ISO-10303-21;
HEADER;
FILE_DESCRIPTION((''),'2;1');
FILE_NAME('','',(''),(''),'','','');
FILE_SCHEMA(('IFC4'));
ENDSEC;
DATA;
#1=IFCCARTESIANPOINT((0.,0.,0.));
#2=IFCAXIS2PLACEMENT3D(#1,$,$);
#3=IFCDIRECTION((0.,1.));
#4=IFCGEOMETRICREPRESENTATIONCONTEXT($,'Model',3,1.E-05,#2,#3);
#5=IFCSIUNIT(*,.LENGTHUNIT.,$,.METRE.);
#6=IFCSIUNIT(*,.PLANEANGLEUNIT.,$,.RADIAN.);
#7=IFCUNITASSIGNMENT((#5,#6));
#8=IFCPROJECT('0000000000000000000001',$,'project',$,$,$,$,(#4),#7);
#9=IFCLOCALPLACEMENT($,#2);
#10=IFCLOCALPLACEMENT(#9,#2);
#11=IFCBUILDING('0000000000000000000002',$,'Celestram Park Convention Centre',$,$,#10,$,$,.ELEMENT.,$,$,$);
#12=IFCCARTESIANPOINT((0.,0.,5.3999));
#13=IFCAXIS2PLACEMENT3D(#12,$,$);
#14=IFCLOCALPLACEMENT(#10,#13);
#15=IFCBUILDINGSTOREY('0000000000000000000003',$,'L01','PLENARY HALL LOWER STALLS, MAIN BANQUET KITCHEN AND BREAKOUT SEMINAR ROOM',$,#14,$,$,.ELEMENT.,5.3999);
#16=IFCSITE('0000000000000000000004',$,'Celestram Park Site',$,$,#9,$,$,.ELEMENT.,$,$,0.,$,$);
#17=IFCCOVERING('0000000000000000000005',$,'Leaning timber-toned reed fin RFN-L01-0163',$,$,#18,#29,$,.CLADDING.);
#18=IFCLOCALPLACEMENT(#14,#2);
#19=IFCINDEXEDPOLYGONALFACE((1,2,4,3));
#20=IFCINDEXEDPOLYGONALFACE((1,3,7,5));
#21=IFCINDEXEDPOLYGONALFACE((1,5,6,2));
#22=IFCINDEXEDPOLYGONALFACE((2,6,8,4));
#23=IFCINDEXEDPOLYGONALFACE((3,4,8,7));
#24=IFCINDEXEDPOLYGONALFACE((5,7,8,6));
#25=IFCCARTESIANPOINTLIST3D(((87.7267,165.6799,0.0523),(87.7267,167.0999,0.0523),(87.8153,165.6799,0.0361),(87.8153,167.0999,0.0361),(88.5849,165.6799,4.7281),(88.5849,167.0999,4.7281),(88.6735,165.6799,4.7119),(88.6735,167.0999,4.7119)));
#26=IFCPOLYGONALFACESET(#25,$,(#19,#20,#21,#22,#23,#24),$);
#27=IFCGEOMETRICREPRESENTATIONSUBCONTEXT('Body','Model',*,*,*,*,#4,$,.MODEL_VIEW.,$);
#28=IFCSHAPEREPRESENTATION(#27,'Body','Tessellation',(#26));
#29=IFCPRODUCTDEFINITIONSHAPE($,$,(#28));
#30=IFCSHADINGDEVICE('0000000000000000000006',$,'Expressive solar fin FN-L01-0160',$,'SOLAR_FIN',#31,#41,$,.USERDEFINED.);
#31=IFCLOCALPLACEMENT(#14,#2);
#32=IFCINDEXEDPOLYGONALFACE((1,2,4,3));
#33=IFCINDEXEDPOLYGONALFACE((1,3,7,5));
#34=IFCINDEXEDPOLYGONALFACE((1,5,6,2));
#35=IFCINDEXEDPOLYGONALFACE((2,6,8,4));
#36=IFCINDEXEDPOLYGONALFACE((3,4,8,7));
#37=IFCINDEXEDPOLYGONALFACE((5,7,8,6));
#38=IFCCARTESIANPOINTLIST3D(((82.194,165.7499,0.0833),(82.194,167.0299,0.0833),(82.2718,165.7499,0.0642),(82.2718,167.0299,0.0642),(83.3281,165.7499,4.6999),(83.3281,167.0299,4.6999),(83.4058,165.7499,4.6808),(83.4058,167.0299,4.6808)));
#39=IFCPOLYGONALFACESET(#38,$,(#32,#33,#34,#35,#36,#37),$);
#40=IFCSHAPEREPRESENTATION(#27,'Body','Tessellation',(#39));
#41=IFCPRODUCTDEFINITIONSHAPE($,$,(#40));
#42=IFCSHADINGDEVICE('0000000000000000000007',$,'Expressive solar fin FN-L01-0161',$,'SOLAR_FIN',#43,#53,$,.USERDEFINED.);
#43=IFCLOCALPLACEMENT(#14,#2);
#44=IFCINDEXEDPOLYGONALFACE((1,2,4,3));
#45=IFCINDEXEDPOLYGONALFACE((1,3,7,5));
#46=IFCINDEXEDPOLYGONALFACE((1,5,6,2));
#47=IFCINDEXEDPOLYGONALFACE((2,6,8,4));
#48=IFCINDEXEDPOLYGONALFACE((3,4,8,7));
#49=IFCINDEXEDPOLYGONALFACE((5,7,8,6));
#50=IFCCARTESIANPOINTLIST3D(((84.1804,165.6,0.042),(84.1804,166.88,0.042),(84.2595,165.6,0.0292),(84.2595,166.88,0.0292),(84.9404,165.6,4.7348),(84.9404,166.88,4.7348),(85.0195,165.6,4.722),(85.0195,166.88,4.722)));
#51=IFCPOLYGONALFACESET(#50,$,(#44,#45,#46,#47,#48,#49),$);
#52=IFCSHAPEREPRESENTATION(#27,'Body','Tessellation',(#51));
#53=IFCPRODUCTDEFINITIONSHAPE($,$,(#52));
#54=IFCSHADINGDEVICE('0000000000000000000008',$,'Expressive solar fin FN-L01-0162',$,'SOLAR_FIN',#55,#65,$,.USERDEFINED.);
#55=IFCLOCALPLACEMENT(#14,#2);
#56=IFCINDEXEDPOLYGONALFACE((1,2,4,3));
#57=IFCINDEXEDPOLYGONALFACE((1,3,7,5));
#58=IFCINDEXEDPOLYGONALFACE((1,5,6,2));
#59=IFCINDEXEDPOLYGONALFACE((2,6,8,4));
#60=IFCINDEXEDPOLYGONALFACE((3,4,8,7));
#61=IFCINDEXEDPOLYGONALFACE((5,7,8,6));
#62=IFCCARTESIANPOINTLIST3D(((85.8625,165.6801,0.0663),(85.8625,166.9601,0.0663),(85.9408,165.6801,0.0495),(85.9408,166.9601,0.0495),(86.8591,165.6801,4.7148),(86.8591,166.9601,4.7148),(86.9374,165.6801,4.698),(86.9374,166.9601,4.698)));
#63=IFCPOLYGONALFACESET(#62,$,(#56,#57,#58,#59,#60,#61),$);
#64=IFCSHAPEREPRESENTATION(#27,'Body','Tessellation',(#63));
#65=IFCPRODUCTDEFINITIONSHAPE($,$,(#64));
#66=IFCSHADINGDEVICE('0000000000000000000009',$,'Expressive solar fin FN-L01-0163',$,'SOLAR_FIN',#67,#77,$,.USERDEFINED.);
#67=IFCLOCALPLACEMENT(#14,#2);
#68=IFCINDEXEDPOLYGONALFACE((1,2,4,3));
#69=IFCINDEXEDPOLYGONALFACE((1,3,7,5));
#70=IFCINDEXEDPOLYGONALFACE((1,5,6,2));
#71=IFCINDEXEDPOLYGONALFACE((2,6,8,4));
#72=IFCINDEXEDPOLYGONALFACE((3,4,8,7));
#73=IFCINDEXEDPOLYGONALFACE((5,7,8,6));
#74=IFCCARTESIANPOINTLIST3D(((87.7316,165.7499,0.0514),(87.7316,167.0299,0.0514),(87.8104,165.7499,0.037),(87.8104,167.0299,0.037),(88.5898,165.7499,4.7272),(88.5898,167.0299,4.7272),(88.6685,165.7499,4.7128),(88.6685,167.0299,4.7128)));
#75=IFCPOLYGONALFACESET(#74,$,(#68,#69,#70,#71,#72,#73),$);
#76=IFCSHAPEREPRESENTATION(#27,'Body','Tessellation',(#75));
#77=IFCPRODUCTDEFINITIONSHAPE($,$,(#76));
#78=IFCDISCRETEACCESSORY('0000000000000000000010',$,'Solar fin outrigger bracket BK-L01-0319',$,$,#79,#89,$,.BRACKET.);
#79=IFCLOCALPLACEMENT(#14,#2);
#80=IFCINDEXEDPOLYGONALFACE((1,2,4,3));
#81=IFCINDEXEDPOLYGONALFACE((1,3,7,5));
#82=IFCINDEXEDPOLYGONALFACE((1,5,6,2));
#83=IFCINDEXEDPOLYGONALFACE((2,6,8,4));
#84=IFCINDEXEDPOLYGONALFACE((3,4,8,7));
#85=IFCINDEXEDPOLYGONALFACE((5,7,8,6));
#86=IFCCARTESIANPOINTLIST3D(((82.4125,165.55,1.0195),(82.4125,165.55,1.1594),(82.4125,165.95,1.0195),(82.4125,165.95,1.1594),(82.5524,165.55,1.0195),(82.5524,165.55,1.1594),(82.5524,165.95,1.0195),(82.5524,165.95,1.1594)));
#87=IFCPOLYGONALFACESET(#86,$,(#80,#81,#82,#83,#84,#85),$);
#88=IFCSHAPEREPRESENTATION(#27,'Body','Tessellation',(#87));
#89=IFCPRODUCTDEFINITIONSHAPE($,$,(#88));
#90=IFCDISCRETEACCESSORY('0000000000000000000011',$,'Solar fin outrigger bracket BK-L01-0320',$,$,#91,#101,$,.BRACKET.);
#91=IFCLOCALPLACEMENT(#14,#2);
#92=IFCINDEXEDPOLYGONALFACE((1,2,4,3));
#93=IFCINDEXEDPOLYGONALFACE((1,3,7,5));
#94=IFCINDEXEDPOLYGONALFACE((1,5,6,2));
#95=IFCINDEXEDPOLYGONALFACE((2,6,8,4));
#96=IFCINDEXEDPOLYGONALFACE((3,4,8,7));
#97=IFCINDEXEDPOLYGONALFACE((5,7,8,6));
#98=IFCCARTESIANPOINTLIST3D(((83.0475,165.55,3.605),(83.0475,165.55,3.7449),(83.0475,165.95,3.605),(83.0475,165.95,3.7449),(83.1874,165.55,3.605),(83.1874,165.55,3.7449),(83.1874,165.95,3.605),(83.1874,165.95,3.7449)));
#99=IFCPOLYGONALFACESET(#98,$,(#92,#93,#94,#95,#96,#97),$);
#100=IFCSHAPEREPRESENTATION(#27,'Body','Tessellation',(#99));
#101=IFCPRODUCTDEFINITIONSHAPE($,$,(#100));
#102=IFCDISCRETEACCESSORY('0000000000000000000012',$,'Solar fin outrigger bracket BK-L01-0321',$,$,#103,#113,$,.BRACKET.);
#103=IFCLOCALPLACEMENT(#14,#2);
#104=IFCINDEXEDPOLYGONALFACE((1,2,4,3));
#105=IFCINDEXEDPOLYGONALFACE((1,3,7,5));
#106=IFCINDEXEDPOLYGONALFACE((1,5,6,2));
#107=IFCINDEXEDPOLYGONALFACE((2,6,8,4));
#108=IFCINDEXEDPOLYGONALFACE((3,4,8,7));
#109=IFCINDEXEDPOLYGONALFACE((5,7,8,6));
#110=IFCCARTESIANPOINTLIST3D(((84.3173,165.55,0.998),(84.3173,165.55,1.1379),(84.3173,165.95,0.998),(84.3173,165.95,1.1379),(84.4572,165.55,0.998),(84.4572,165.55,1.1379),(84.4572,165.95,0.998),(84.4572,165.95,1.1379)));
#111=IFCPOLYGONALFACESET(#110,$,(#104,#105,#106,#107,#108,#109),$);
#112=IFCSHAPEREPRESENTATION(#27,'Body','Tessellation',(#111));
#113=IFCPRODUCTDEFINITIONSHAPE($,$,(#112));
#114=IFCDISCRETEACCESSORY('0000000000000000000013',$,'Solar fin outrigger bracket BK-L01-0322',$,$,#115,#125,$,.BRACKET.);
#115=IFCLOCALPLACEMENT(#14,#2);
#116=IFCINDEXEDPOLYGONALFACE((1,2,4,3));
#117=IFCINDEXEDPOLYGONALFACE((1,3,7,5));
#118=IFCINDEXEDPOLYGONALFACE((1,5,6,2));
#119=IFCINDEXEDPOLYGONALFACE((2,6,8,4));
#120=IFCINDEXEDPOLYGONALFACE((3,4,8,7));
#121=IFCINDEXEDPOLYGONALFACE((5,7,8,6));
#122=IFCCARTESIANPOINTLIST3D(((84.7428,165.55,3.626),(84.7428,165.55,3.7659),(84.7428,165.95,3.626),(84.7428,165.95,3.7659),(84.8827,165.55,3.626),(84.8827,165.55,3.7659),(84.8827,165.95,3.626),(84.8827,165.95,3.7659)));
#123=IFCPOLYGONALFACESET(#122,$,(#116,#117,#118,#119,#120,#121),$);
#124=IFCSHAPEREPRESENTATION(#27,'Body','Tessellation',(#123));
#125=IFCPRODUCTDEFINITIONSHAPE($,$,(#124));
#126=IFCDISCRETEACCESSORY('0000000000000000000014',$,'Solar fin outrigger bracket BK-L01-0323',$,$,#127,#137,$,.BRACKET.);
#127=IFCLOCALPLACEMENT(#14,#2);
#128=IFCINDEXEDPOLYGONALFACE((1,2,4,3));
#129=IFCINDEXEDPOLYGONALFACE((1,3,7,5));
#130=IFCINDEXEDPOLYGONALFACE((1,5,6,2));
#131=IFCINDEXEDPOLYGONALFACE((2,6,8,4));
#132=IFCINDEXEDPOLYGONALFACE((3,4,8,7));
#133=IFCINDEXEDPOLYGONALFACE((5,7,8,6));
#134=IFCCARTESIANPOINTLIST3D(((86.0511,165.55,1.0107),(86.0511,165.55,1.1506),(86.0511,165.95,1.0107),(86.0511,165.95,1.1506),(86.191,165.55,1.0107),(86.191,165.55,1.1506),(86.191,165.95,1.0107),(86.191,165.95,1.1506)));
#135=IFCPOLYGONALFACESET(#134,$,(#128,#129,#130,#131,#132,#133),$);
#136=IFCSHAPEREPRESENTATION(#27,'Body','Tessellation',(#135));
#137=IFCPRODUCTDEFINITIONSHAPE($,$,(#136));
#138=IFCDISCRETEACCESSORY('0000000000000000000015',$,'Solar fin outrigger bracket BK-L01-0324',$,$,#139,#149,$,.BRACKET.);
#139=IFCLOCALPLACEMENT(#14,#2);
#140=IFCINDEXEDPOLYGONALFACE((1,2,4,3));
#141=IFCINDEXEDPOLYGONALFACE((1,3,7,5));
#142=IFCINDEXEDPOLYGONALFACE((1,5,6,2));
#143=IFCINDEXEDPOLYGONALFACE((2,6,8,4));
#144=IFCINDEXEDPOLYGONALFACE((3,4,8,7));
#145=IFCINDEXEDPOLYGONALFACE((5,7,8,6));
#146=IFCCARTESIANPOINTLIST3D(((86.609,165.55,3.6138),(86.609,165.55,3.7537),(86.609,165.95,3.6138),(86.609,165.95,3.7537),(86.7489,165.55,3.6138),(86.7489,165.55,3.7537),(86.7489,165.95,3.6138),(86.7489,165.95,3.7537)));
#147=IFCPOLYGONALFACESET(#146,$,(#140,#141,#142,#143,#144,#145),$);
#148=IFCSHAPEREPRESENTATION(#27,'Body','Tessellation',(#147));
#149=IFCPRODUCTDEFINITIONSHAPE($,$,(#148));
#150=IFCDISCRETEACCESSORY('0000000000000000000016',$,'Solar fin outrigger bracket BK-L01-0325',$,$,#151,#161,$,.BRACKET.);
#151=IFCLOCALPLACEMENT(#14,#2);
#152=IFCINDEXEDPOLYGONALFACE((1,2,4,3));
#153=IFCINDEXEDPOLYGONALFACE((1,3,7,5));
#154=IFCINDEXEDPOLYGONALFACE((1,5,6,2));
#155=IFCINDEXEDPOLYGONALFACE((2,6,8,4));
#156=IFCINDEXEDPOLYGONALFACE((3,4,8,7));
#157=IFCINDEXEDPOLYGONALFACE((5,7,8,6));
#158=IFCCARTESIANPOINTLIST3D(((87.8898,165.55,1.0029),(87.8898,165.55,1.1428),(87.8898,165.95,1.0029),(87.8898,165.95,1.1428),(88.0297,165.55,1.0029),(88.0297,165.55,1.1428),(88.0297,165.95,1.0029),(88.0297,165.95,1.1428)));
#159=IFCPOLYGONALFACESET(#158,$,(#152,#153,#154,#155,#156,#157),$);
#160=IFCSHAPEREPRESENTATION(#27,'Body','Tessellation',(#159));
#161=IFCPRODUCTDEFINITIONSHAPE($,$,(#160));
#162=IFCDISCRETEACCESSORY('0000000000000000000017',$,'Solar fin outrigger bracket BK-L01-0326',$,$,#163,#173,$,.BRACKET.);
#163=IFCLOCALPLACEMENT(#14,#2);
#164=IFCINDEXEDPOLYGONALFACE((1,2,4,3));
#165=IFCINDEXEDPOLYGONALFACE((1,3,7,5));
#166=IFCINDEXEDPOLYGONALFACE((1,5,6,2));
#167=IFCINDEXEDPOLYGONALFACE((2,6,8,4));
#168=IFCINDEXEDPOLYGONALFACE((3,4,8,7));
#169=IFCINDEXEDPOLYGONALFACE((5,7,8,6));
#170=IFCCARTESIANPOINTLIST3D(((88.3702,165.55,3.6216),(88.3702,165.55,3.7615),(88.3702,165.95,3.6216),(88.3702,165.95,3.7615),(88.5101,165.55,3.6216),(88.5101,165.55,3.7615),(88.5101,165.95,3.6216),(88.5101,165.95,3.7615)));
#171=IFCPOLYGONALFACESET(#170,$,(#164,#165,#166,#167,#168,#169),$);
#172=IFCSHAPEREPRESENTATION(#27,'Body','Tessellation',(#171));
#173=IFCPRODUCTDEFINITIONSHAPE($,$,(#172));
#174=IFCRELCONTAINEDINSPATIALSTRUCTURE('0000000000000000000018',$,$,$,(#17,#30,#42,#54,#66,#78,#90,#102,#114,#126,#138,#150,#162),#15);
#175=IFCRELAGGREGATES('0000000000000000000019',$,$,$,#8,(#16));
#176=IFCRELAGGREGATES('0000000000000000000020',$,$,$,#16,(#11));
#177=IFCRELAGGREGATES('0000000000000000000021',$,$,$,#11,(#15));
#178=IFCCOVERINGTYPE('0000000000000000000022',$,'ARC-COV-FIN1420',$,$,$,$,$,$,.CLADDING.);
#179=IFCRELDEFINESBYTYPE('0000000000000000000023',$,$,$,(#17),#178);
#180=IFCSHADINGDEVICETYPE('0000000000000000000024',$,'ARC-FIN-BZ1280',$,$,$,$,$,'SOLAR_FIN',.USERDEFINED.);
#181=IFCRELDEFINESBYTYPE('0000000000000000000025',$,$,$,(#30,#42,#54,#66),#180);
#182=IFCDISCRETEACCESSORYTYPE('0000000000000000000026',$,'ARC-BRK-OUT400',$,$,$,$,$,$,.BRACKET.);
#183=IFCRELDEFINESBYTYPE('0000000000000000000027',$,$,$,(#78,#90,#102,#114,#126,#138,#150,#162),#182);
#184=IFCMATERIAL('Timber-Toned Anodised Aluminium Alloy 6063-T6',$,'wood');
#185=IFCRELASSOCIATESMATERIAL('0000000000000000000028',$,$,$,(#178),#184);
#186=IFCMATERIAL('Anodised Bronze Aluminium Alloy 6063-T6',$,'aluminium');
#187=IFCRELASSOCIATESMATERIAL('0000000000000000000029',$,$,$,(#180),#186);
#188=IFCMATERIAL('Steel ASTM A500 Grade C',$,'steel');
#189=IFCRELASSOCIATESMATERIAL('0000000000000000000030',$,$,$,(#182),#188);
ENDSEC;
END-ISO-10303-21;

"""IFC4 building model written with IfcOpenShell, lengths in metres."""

from ifc_helpers import new_model, si_unit, direction, frame, origin, origin_2d, place, context, subcontext, project, spatial, rectangle, extrude, material, material_profile, profile_set, type_object, element, save


model = new_model("IFC4")

# Units and contexts
model_context = context("Model", 3, precision=1e-05, world=origin(), true_north=direction((0.0, 1.0)))
body_context = subcontext(model_context, "Body", "Model", "MODEL_VIEW")
ifc_project = project(units=[si_unit("LENGTHUNIT", "METRE"), si_unit("PLANEANGLEUNIT", "RADIAN")], contexts=[model_context])

# Site, building, storey
site_placement = place(None, origin())
site = spatial("IfcSite", under=ifc_project, at=site_placement, Name="Celestram Park Site", CompositionType="ELEMENT", RefElevation=0.0)
building_placement = place(site_placement, origin())
building = spatial("IfcBuilding", under=site, at=building_placement, Name="Celestram Park Convention Centre", CompositionType="ELEMENT")
storey_placement = place(building_placement, frame((0.0, 0.0, 5.3999)))
storey = spatial("IfcBuildingStorey", under=building, at=storey_placement, Name="L01", Description="PLENARY HALL LOWER STALLS, MAIN BANQUET KITCHEN AND BREAKOUT SEMINAR ROOM", CompositionType="ELEMENT", Elevation=5.3999)

# Covering
ifc_material_1 = material(Name="Timber-Toned Anodised Aluminium Alloy 6063-T6", Category="wood")
ifc_material_profile_1 = material_profile(ifc_material_1, rectangle(XDim=1.4199, YDim=0.0901, at=origin_2d()), Name="REED1420X90")
ifc_profile_set_1 = profile_set([ifc_material_profile_1], Name="Timber-Toned Anodised Aluminium Alloy 6063-T6")
covering_type_1 = type_object("IfcCoveringType", Name="ARC-COV-FIN1420", PredefinedType="CLADDING", material=ifc_profile_set_1)
for number, where, z_axis, x_axis, name in (
    (1, (87.771, 166.3899, 0.0442), (0.180517, 0.0, 0.983572), (0.0, 1.0, 0.0), "Leaning timber-toned reed fin RFN-L01-0163"),
):
    element("IfcCovering", number, at=place(storey_placement, frame(where, z_axis=z_axis, x_axis=x_axis)), inside=storey, type_object=covering_type_1, Name=name, PredefinedType="CLADDING", context=body_context, shape_type="SweptSolid", body=[
        extrude(rectangle(XDim=1.4199, YDim=0.0901, at=origin_2d()), origin(), (0.0, 0.0, 1.0), 4.7539),
    ])

# Shading devices
ifc_material_2 = material(Name="Anodised Bronze Aluminium Alloy 6063-T6", Category="aluminium")
ifc_material_profile_2 = material_profile(ifc_material_2, rectangle(XDim=1.28, YDim=0.0801, at=origin_2d()), Name="FIN1280X80")
ifc_profile_set_2 = profile_set([ifc_material_profile_2], Name="Anodised Bronze Aluminium Alloy 6063-T6")
shading_device_type = type_object("IfcShadingDeviceType", Name="ARC-FIN-BZ1280", ElementType="SOLAR_FIN", PredefinedType="USERDEFINED", material=ifc_profile_set_2)
for number, where, z_axis, x_axis, name in (
    (2, (82.2329, 166.3899, 0.0737), (0.238546, 0.0, 0.971131), (0.0, 1.0, 0.0), "Expressive solar fin FN-L01-0160"),
    (3, (84.22, 166.24, 0.0356), (0.159867, 0.0, 0.987139), (0.0, 1.0, 0.0), "Expressive solar fin FN-L01-0161"),
):
    element("IfcShadingDevice", number, at=place(storey_placement, frame(where, z_axis=z_axis, x_axis=x_axis)), inside=storey, type_object=shading_device_type, Name=name, ObjectType="SOLAR_FIN", PredefinedType="USERDEFINED", context=body_context, shape_type="SweptSolid", body=[
        extrude(rectangle(XDim=1.28, YDim=0.0801, at=origin_2d()), origin(), (0.0, 0.0, 1.0), 4.7539),
    ])
shading_device_1_placement = place(storey_placement, frame((85.9016, 166.3201, 0.0579), z_axis=(0.209627, 0.0, 0.977781), x_axis=(0.0, 1.0, 0.0)))
element("IfcShadingDevice", 4, at=shading_device_1_placement, inside=storey, type_object=shading_device_type, Name="Expressive solar fin FN-L01-0162", ObjectType="SOLAR_FIN", PredefinedType="USERDEFINED", context=body_context, shape_type="SweptSolid", body=[
    extrude(rectangle(XDim=1.28, YDim=0.0801, at=origin_2d()), origin(), (0.0, 0.0, 1.0), 4.7542),
])
shading_device_2_placement = place(storey_placement, frame((87.771, 166.3899, 0.0442), z_axis=(0.180517, 0.0, 0.983572), x_axis=(0.0, 1.0, 0.0)))
element("IfcShadingDevice", 5, at=shading_device_2_placement, inside=storey, type_object=shading_device_type, Name="Expressive solar fin FN-L01-0163", ObjectType="SOLAR_FIN", PredefinedType="USERDEFINED", context=body_context, shape_type="SweptSolid", body=[
    extrude(rectangle(XDim=1.28, YDim=0.0801, at=origin_2d()), origin(), (0.0, 0.0, 1.0), 4.7539),
])

# Discrete accessories
ifc_material_3 = material(Name="Steel ASTM A500 Grade C", Category="steel")
discrete_accessory_type = type_object("IfcDiscreteAccessoryType", Name="ARC-BRK-OUT400", PredefinedType="BRACKET", material=ifc_material_3)
for number, where, z_axis, x_axis, name in (
    (6, (82.4824, 165.75, 1.0195), (0.0, 0.0, 1.0), (0.0, 1.0, 0.0), "Solar fin outrigger bracket BK-L01-0319"),
    (7, (83.1174, 165.75, 3.605), (0.0, 0.0, 1.0), (0.0, 1.0, 0.0), "Solar fin outrigger bracket BK-L01-0320"),
    (8, (84.3872, 165.75, 0.998), (0.0, 0.0, 1.0), (0.0, 1.0, 0.0), "Solar fin outrigger bracket BK-L01-0321"),
    (9, (84.8127, 165.75, 3.626), (0.0, 0.0, 1.0), (0.0, 1.0, 0.0), "Solar fin outrigger bracket BK-L01-0322"),
    (10, (86.1211, 165.75, 1.0107), (0.0, 0.0, 1.0), (0.0, 1.0, 0.0), "Solar fin outrigger bracket BK-L01-0323"),
    (11, (86.679, 165.75, 3.6138), (0.0, 0.0, 1.0), (0.0, 1.0, 0.0), "Solar fin outrigger bracket BK-L01-0324"),
    (12, (87.9597, 165.75, 1.0029), (0.0, 0.0, 1.0), (0.0, 1.0, 0.0), "Solar fin outrigger bracket BK-L01-0325"),
    (13, (88.4402, 165.75, 3.6216), (0.0, 0.0, 1.0), (0.0, 1.0, 0.0), "Solar fin outrigger bracket BK-L01-0326"),
):
    element("IfcDiscreteAccessory", number, at=place(storey_placement, frame(where, z_axis=z_axis, x_axis=x_axis)), inside=storey, type_object=discrete_accessory_type, Name=name, PredefinedType="BRACKET", context=body_context, shape_type="SweptSolid", body=[
        extrude(rectangle(XDim=0.3999, YDim=0.1399, at=origin_2d()), origin(), (0.0, 0.0, 1.0), 0.1399),
    ])

save(model, "model.ifc")
